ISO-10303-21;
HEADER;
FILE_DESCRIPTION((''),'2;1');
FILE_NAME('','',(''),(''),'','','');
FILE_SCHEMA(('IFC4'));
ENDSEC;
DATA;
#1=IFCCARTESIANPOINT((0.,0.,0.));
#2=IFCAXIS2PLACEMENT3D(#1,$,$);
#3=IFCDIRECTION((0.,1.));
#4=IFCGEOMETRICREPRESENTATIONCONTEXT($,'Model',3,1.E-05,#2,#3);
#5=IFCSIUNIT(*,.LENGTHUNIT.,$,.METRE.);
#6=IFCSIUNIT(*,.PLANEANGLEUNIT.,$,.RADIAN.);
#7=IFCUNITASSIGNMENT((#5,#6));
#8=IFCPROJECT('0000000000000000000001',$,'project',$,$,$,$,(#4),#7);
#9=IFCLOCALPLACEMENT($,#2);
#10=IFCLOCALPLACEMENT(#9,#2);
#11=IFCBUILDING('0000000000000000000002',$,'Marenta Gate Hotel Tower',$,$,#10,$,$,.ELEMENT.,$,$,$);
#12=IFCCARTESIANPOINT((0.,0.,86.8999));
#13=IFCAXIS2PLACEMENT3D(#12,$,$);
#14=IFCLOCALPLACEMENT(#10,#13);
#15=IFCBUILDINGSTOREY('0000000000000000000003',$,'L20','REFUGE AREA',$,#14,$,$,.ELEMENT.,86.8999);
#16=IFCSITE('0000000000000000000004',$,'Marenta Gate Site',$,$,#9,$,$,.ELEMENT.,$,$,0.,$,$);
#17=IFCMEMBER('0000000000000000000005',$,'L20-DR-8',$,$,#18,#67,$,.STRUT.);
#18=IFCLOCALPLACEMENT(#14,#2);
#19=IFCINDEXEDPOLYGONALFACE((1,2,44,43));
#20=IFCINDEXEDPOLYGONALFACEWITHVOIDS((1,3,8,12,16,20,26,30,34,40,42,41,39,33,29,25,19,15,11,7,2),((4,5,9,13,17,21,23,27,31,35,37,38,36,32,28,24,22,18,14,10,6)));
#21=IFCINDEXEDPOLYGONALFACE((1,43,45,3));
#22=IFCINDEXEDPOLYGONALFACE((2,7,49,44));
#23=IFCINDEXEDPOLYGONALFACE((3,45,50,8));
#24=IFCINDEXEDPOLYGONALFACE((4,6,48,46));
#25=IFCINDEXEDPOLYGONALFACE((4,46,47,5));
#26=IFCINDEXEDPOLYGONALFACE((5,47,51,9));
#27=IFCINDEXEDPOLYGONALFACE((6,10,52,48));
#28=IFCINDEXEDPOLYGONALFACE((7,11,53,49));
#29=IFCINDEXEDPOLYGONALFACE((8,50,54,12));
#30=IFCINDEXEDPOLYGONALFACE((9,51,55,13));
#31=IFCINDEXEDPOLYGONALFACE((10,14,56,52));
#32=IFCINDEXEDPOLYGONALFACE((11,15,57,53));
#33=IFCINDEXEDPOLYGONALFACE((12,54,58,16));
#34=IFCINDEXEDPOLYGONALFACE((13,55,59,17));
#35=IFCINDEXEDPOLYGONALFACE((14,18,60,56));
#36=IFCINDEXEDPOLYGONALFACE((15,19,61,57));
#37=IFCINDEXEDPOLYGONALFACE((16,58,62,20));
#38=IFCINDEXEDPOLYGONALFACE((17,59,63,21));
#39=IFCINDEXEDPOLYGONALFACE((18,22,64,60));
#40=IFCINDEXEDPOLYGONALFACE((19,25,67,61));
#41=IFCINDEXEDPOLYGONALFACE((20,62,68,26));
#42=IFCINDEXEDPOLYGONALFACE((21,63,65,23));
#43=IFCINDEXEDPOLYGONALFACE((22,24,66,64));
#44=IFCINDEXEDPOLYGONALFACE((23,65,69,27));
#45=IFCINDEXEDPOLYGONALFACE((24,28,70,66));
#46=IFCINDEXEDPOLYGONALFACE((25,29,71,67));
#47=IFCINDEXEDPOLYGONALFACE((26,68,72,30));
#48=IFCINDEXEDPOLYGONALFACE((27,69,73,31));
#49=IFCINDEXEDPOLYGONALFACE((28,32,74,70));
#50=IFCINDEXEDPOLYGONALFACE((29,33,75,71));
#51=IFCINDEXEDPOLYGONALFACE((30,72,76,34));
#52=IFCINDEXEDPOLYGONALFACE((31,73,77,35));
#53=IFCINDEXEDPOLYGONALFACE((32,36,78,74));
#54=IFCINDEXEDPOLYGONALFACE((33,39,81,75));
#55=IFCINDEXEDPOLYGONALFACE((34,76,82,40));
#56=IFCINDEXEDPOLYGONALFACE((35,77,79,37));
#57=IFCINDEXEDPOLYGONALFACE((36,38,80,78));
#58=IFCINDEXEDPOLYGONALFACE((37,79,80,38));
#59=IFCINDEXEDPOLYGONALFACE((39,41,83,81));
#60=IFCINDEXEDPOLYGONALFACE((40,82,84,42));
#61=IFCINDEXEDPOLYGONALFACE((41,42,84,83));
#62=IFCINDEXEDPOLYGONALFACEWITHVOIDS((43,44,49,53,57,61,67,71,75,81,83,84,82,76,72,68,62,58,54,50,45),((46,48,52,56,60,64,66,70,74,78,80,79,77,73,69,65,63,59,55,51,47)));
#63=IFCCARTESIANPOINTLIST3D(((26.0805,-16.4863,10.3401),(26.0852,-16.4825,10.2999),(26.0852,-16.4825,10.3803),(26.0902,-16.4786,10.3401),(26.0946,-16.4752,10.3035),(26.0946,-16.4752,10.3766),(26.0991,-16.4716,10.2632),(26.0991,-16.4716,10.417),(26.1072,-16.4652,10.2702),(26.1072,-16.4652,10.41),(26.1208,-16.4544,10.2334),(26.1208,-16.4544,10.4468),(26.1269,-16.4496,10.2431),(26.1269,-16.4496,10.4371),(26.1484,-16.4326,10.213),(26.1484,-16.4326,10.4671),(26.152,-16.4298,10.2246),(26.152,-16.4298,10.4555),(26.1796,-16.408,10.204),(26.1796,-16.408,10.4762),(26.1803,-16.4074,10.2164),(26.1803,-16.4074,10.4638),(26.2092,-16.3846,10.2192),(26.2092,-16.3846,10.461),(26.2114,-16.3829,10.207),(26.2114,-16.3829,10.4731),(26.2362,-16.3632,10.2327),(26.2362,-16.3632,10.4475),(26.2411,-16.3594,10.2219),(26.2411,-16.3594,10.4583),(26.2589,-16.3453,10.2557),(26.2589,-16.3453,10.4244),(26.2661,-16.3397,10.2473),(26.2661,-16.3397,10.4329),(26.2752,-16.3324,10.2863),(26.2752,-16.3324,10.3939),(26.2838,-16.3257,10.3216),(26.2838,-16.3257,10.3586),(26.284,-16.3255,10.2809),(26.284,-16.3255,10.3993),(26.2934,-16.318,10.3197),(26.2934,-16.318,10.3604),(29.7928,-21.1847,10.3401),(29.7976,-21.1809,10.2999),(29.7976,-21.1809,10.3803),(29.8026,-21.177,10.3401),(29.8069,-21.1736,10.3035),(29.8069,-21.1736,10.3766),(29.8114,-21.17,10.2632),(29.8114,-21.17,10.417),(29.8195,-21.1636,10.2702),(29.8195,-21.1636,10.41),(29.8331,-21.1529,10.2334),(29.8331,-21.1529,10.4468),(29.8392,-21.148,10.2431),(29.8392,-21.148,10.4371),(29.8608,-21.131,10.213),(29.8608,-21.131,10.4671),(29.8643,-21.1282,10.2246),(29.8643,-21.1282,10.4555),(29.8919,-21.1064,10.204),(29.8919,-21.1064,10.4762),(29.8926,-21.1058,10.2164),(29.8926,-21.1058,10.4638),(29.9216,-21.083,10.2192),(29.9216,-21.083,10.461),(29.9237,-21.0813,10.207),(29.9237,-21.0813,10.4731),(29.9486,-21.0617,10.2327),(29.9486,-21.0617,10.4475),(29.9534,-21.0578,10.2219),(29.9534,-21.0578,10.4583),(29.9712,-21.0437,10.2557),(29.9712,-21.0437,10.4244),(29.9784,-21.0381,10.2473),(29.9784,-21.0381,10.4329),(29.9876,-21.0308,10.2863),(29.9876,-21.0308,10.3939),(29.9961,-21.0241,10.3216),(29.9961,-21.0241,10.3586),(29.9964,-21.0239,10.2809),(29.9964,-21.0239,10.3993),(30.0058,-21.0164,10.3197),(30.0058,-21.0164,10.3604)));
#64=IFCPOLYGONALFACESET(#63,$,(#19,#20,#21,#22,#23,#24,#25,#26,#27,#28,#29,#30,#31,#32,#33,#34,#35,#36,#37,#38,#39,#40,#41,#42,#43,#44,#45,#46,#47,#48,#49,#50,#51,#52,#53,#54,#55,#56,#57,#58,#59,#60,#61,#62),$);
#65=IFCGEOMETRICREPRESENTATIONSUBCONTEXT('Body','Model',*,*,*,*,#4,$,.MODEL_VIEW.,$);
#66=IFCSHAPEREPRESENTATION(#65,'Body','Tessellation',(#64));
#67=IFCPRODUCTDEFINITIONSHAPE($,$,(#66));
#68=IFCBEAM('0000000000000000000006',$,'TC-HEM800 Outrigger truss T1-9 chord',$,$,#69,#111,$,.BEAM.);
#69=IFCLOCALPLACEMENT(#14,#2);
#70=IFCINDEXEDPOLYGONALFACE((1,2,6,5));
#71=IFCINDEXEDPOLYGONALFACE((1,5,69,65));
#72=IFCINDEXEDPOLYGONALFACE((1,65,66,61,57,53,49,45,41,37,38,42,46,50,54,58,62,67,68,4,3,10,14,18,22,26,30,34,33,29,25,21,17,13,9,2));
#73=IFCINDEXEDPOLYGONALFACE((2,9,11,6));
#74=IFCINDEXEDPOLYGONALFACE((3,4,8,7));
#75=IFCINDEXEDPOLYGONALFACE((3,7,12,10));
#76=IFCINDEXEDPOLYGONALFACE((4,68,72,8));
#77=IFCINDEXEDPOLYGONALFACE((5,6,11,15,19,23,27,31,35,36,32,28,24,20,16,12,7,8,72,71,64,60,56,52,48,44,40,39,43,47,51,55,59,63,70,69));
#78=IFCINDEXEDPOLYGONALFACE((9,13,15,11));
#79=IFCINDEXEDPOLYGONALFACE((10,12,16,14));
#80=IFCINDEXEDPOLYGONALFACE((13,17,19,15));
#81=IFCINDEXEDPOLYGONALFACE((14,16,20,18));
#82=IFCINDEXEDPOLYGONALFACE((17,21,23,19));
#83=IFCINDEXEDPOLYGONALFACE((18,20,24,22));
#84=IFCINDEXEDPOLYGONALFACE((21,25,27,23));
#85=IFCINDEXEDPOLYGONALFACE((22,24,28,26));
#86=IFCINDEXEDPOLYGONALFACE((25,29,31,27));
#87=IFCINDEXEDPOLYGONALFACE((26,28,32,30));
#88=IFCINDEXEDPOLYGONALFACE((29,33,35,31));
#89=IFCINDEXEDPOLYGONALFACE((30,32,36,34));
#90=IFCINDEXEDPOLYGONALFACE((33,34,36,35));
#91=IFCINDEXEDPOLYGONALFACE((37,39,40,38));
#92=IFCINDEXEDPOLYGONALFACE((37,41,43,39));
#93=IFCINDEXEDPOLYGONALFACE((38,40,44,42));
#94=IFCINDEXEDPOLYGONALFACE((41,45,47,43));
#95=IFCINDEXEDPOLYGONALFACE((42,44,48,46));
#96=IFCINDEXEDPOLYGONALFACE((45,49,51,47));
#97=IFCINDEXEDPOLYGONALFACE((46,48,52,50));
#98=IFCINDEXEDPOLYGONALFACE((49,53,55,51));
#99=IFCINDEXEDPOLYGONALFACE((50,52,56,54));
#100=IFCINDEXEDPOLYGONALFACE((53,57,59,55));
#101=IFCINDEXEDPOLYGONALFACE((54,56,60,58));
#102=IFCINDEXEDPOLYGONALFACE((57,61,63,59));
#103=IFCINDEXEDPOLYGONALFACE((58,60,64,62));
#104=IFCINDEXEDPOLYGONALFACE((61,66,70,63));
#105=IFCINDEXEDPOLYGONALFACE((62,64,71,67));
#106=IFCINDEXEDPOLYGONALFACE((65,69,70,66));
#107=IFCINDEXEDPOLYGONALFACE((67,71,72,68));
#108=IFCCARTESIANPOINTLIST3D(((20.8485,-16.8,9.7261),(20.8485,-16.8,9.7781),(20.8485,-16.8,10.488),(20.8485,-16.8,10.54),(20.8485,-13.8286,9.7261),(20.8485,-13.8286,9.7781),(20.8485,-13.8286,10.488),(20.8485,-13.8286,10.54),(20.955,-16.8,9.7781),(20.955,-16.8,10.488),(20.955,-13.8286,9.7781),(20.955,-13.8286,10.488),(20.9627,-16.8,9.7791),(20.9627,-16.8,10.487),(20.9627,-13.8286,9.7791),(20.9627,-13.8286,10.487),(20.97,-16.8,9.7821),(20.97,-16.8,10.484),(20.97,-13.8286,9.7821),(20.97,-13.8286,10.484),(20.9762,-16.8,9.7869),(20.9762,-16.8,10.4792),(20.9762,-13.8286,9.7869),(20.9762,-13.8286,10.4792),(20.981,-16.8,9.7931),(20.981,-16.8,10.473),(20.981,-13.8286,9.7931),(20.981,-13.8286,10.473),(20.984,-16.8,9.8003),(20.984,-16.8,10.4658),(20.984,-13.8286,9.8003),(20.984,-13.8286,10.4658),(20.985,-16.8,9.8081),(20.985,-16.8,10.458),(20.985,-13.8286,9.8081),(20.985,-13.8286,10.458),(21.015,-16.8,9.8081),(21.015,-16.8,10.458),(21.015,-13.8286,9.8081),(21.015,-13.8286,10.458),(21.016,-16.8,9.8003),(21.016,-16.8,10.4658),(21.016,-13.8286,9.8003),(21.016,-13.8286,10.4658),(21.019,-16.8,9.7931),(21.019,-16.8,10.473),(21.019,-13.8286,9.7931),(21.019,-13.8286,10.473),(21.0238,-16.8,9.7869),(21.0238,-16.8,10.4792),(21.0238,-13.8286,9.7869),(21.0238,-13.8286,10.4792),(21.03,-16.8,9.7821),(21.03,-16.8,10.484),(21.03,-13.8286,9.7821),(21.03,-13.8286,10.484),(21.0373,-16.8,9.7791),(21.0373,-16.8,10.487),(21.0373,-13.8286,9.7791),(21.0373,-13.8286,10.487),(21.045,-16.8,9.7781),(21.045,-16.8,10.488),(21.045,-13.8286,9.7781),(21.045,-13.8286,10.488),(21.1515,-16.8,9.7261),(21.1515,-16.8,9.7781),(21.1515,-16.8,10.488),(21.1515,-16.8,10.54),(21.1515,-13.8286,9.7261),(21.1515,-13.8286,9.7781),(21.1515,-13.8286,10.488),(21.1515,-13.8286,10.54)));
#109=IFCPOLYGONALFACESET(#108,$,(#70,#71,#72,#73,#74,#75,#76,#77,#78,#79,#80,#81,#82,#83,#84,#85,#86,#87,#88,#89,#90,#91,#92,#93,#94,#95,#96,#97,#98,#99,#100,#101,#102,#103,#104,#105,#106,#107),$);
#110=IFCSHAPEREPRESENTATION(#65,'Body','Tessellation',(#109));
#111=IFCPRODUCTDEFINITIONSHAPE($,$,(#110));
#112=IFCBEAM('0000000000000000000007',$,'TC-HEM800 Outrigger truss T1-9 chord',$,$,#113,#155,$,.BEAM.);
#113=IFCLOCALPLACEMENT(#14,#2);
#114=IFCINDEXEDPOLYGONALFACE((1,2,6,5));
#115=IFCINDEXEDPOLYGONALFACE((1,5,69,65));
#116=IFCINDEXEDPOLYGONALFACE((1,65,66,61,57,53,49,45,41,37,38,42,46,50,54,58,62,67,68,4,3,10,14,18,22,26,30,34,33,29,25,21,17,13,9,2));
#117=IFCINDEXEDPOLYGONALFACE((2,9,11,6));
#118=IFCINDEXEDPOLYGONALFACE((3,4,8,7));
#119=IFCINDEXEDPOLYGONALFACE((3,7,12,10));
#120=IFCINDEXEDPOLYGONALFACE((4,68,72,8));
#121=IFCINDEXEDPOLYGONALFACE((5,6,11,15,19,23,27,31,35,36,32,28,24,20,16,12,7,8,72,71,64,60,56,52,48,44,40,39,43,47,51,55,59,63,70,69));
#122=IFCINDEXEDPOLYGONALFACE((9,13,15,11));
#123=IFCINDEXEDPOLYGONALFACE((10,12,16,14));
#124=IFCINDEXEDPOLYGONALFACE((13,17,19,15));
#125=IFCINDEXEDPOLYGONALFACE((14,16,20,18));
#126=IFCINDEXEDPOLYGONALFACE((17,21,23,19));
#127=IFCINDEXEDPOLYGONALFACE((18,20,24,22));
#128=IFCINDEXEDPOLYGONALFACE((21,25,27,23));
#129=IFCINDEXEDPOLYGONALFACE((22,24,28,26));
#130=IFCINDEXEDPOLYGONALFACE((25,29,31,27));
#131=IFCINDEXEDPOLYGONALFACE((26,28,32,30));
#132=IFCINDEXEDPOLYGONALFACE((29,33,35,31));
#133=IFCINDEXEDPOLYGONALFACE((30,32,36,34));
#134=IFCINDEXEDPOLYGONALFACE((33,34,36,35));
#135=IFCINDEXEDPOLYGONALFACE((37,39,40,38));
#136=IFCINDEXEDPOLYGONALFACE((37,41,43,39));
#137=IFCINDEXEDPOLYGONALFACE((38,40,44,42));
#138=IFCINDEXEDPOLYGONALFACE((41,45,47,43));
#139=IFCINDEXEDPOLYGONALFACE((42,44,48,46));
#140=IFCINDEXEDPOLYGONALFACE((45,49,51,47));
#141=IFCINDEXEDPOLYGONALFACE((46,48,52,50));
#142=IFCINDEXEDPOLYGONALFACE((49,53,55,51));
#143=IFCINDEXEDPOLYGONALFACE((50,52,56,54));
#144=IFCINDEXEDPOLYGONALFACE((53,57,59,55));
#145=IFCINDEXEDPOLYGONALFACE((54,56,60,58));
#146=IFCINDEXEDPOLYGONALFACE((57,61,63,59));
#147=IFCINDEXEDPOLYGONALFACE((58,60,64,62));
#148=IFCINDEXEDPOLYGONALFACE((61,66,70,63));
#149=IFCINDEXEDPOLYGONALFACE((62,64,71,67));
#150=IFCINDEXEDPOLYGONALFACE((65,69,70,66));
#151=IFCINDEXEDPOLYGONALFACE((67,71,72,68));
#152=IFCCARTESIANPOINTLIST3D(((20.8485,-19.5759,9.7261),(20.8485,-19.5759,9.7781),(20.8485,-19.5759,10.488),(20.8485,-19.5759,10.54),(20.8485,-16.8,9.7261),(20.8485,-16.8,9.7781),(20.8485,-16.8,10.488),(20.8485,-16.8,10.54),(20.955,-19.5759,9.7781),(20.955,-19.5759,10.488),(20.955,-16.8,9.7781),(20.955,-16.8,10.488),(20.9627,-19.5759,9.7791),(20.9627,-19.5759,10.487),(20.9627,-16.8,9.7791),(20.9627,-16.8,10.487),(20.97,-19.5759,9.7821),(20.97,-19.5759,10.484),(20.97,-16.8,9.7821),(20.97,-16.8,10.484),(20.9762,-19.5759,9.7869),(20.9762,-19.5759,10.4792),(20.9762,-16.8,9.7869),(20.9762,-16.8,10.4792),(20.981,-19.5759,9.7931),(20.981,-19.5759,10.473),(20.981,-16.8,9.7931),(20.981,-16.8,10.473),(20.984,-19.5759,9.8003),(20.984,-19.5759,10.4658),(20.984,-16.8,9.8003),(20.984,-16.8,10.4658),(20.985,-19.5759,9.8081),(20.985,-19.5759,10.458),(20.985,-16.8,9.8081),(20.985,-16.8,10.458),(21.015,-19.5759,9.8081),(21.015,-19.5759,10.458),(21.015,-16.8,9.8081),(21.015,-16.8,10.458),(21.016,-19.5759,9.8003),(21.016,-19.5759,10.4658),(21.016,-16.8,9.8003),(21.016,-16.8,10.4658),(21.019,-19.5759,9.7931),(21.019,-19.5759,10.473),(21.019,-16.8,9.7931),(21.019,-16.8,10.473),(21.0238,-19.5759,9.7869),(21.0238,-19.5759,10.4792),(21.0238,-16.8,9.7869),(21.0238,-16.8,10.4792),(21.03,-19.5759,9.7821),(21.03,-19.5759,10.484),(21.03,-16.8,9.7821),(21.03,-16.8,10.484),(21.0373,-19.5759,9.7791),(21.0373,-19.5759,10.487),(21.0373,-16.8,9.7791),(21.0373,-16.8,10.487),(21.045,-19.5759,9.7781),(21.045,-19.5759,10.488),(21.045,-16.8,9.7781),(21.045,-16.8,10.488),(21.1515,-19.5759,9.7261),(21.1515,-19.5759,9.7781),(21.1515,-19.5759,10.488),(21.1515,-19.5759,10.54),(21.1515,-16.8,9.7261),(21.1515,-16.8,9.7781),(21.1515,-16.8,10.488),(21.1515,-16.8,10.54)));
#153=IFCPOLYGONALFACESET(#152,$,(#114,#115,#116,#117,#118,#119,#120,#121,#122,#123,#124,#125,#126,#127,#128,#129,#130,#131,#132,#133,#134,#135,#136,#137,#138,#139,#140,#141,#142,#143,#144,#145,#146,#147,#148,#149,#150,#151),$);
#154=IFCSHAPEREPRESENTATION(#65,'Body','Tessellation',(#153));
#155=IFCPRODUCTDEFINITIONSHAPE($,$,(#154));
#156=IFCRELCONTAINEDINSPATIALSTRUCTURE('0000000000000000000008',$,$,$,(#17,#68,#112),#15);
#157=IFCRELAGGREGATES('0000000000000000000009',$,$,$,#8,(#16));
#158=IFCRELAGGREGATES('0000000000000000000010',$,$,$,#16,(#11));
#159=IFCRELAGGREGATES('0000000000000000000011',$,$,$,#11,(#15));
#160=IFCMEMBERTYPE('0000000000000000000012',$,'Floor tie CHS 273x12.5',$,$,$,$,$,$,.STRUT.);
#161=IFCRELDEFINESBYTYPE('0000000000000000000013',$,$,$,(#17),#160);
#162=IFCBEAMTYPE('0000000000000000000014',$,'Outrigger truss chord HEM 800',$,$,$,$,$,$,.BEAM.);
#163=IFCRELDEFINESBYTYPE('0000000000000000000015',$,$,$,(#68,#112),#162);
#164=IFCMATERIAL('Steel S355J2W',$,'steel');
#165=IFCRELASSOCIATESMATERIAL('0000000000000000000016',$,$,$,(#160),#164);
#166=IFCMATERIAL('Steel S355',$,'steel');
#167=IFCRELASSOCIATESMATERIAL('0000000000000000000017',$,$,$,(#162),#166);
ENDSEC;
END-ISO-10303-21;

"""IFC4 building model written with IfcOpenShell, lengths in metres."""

from ifc_helpers import new_model, si_unit, direction, frame, origin, origin_2d, place, context, subcontext, project, spatial, hollow_circle, i_section, extrude, material, material_profile, profile_set, type_object, element, save


model = new_model("IFC4")

# Units and contexts
model_context = context("Model", 3, precision=1e-05, world=origin(), true_north=direction((0.0, 1.0)))
body_context = subcontext(model_context, "Body", "Model", "MODEL_VIEW")
ifc_project = project(units=[si_unit("LENGTHUNIT", "METRE"), si_unit("PLANEANGLEUNIT", "RADIAN")], contexts=[model_context])

# Site, building, storey
site_placement = place(None, origin())
site = spatial("IfcSite", under=ifc_project, at=site_placement, Name="Marenta Gate Site", CompositionType="ELEMENT", RefElevation=0.0)
building_placement = place(site_placement, origin())
building = spatial("IfcBuilding", under=site, at=building_placement, Name="Marenta Gate Hotel Tower", CompositionType="ELEMENT")
storey_placement = place(building_placement, frame((0.0, 0.0, 86.8999)))
storey = spatial("IfcBuildingStorey", under=building, at=storey_placement, Name="L20", Description="REFUGE AREA", CompositionType="ELEMENT", Elevation=86.8999)

# Member
ifc_material_1 = material(Name="Steel S355J2W", Category="steel")
ifc_material_profile_1 = material_profile(ifc_material_1, hollow_circle(Radius=0.1365, WallThickness=0.0125, at=origin_2d()), Name="CHS 273x12.5")
ifc_profile_set_1 = profile_set([ifc_material_profile_1], Name="Steel S355J2W")
member_type_1 = type_object("IfcMemberType", Name="Floor tie CHS 273x12.5", PredefinedType="STRUT", material=ifc_profile_set_1)
member_1_placement = place(storey_placement, frame((29.8999, -21.1001, 10.3401), z_axis=(-0.61996, 0.784633, 0.0), x_axis=(-0.784633, -0.61996, 0.0)))
element("IfcMember", 1, at=member_1_placement, inside=storey, type_object=member_type_1, Name="L20-DR-8", PredefinedType="STRUT", context=body_context, shape_type="SweptSolid", body=[
    extrude(hollow_circle(Radius=0.1365, WallThickness=0.0125, at=origin_2d()), origin(), (0.0, 0.0, 1.0), 5.988),
])

# Beams
ifc_material_2 = material(Name="Steel S355", Category="steel")
ifc_material_profile_2 = material_profile(ifc_material_2, i_section(OverallWidth=0.303, OverallDepth=0.814, WebThickness=0.03, FlangeThickness=0.052, FilletRadius=0.03, at=origin_2d()), Name="HEM 800")
ifc_profile_set_2 = profile_set([ifc_material_profile_2], Name="Steel S355")
beam_type_1 = type_object("IfcBeamType", Name="Outrigger truss chord HEM 800", PredefinedType="BEAM", material=ifc_profile_set_2)
beam_1_placement = place(storey_placement, frame((21.0, -13.8286, 10.1331), z_axis=(0.0, -1.0, 0.0), x_axis=(1.0, 0.0, 0.0)))
element("IfcBeam", 2, at=beam_1_placement, inside=storey, type_object=beam_type_1, Name="TC-HEM800 Outrigger truss T1-9 chord", PredefinedType="BEAM", context=body_context, shape_type="SweptSolid", body=[
    extrude(i_section(OverallWidth=0.303, OverallDepth=0.814, WebThickness=0.03, FlangeThickness=0.052, FilletRadius=0.03, at=origin_2d()), origin(), (0.0, 0.0, 1.0), 2.9714),
])
beam_2_placement = place(storey_placement, frame((21.0, -16.8, 10.1331), z_axis=(0.0, -1.0, 0.0), x_axis=(1.0, 0.0, 0.0)))
element("IfcBeam", 3, at=beam_2_placement, inside=storey, type_object=beam_type_1, Name="TC-HEM800 Outrigger truss T1-9 chord", PredefinedType="BEAM", context=body_context, shape_type="SweptSolid", body=[
    extrude(i_section(OverallWidth=0.303, OverallDepth=0.814, WebThickness=0.03, FlangeThickness=0.052, FilletRadius=0.03, at=origin_2d()), origin(), (0.0, 0.0, 1.0), 2.7759),
])

save(model, "model.ifc")
